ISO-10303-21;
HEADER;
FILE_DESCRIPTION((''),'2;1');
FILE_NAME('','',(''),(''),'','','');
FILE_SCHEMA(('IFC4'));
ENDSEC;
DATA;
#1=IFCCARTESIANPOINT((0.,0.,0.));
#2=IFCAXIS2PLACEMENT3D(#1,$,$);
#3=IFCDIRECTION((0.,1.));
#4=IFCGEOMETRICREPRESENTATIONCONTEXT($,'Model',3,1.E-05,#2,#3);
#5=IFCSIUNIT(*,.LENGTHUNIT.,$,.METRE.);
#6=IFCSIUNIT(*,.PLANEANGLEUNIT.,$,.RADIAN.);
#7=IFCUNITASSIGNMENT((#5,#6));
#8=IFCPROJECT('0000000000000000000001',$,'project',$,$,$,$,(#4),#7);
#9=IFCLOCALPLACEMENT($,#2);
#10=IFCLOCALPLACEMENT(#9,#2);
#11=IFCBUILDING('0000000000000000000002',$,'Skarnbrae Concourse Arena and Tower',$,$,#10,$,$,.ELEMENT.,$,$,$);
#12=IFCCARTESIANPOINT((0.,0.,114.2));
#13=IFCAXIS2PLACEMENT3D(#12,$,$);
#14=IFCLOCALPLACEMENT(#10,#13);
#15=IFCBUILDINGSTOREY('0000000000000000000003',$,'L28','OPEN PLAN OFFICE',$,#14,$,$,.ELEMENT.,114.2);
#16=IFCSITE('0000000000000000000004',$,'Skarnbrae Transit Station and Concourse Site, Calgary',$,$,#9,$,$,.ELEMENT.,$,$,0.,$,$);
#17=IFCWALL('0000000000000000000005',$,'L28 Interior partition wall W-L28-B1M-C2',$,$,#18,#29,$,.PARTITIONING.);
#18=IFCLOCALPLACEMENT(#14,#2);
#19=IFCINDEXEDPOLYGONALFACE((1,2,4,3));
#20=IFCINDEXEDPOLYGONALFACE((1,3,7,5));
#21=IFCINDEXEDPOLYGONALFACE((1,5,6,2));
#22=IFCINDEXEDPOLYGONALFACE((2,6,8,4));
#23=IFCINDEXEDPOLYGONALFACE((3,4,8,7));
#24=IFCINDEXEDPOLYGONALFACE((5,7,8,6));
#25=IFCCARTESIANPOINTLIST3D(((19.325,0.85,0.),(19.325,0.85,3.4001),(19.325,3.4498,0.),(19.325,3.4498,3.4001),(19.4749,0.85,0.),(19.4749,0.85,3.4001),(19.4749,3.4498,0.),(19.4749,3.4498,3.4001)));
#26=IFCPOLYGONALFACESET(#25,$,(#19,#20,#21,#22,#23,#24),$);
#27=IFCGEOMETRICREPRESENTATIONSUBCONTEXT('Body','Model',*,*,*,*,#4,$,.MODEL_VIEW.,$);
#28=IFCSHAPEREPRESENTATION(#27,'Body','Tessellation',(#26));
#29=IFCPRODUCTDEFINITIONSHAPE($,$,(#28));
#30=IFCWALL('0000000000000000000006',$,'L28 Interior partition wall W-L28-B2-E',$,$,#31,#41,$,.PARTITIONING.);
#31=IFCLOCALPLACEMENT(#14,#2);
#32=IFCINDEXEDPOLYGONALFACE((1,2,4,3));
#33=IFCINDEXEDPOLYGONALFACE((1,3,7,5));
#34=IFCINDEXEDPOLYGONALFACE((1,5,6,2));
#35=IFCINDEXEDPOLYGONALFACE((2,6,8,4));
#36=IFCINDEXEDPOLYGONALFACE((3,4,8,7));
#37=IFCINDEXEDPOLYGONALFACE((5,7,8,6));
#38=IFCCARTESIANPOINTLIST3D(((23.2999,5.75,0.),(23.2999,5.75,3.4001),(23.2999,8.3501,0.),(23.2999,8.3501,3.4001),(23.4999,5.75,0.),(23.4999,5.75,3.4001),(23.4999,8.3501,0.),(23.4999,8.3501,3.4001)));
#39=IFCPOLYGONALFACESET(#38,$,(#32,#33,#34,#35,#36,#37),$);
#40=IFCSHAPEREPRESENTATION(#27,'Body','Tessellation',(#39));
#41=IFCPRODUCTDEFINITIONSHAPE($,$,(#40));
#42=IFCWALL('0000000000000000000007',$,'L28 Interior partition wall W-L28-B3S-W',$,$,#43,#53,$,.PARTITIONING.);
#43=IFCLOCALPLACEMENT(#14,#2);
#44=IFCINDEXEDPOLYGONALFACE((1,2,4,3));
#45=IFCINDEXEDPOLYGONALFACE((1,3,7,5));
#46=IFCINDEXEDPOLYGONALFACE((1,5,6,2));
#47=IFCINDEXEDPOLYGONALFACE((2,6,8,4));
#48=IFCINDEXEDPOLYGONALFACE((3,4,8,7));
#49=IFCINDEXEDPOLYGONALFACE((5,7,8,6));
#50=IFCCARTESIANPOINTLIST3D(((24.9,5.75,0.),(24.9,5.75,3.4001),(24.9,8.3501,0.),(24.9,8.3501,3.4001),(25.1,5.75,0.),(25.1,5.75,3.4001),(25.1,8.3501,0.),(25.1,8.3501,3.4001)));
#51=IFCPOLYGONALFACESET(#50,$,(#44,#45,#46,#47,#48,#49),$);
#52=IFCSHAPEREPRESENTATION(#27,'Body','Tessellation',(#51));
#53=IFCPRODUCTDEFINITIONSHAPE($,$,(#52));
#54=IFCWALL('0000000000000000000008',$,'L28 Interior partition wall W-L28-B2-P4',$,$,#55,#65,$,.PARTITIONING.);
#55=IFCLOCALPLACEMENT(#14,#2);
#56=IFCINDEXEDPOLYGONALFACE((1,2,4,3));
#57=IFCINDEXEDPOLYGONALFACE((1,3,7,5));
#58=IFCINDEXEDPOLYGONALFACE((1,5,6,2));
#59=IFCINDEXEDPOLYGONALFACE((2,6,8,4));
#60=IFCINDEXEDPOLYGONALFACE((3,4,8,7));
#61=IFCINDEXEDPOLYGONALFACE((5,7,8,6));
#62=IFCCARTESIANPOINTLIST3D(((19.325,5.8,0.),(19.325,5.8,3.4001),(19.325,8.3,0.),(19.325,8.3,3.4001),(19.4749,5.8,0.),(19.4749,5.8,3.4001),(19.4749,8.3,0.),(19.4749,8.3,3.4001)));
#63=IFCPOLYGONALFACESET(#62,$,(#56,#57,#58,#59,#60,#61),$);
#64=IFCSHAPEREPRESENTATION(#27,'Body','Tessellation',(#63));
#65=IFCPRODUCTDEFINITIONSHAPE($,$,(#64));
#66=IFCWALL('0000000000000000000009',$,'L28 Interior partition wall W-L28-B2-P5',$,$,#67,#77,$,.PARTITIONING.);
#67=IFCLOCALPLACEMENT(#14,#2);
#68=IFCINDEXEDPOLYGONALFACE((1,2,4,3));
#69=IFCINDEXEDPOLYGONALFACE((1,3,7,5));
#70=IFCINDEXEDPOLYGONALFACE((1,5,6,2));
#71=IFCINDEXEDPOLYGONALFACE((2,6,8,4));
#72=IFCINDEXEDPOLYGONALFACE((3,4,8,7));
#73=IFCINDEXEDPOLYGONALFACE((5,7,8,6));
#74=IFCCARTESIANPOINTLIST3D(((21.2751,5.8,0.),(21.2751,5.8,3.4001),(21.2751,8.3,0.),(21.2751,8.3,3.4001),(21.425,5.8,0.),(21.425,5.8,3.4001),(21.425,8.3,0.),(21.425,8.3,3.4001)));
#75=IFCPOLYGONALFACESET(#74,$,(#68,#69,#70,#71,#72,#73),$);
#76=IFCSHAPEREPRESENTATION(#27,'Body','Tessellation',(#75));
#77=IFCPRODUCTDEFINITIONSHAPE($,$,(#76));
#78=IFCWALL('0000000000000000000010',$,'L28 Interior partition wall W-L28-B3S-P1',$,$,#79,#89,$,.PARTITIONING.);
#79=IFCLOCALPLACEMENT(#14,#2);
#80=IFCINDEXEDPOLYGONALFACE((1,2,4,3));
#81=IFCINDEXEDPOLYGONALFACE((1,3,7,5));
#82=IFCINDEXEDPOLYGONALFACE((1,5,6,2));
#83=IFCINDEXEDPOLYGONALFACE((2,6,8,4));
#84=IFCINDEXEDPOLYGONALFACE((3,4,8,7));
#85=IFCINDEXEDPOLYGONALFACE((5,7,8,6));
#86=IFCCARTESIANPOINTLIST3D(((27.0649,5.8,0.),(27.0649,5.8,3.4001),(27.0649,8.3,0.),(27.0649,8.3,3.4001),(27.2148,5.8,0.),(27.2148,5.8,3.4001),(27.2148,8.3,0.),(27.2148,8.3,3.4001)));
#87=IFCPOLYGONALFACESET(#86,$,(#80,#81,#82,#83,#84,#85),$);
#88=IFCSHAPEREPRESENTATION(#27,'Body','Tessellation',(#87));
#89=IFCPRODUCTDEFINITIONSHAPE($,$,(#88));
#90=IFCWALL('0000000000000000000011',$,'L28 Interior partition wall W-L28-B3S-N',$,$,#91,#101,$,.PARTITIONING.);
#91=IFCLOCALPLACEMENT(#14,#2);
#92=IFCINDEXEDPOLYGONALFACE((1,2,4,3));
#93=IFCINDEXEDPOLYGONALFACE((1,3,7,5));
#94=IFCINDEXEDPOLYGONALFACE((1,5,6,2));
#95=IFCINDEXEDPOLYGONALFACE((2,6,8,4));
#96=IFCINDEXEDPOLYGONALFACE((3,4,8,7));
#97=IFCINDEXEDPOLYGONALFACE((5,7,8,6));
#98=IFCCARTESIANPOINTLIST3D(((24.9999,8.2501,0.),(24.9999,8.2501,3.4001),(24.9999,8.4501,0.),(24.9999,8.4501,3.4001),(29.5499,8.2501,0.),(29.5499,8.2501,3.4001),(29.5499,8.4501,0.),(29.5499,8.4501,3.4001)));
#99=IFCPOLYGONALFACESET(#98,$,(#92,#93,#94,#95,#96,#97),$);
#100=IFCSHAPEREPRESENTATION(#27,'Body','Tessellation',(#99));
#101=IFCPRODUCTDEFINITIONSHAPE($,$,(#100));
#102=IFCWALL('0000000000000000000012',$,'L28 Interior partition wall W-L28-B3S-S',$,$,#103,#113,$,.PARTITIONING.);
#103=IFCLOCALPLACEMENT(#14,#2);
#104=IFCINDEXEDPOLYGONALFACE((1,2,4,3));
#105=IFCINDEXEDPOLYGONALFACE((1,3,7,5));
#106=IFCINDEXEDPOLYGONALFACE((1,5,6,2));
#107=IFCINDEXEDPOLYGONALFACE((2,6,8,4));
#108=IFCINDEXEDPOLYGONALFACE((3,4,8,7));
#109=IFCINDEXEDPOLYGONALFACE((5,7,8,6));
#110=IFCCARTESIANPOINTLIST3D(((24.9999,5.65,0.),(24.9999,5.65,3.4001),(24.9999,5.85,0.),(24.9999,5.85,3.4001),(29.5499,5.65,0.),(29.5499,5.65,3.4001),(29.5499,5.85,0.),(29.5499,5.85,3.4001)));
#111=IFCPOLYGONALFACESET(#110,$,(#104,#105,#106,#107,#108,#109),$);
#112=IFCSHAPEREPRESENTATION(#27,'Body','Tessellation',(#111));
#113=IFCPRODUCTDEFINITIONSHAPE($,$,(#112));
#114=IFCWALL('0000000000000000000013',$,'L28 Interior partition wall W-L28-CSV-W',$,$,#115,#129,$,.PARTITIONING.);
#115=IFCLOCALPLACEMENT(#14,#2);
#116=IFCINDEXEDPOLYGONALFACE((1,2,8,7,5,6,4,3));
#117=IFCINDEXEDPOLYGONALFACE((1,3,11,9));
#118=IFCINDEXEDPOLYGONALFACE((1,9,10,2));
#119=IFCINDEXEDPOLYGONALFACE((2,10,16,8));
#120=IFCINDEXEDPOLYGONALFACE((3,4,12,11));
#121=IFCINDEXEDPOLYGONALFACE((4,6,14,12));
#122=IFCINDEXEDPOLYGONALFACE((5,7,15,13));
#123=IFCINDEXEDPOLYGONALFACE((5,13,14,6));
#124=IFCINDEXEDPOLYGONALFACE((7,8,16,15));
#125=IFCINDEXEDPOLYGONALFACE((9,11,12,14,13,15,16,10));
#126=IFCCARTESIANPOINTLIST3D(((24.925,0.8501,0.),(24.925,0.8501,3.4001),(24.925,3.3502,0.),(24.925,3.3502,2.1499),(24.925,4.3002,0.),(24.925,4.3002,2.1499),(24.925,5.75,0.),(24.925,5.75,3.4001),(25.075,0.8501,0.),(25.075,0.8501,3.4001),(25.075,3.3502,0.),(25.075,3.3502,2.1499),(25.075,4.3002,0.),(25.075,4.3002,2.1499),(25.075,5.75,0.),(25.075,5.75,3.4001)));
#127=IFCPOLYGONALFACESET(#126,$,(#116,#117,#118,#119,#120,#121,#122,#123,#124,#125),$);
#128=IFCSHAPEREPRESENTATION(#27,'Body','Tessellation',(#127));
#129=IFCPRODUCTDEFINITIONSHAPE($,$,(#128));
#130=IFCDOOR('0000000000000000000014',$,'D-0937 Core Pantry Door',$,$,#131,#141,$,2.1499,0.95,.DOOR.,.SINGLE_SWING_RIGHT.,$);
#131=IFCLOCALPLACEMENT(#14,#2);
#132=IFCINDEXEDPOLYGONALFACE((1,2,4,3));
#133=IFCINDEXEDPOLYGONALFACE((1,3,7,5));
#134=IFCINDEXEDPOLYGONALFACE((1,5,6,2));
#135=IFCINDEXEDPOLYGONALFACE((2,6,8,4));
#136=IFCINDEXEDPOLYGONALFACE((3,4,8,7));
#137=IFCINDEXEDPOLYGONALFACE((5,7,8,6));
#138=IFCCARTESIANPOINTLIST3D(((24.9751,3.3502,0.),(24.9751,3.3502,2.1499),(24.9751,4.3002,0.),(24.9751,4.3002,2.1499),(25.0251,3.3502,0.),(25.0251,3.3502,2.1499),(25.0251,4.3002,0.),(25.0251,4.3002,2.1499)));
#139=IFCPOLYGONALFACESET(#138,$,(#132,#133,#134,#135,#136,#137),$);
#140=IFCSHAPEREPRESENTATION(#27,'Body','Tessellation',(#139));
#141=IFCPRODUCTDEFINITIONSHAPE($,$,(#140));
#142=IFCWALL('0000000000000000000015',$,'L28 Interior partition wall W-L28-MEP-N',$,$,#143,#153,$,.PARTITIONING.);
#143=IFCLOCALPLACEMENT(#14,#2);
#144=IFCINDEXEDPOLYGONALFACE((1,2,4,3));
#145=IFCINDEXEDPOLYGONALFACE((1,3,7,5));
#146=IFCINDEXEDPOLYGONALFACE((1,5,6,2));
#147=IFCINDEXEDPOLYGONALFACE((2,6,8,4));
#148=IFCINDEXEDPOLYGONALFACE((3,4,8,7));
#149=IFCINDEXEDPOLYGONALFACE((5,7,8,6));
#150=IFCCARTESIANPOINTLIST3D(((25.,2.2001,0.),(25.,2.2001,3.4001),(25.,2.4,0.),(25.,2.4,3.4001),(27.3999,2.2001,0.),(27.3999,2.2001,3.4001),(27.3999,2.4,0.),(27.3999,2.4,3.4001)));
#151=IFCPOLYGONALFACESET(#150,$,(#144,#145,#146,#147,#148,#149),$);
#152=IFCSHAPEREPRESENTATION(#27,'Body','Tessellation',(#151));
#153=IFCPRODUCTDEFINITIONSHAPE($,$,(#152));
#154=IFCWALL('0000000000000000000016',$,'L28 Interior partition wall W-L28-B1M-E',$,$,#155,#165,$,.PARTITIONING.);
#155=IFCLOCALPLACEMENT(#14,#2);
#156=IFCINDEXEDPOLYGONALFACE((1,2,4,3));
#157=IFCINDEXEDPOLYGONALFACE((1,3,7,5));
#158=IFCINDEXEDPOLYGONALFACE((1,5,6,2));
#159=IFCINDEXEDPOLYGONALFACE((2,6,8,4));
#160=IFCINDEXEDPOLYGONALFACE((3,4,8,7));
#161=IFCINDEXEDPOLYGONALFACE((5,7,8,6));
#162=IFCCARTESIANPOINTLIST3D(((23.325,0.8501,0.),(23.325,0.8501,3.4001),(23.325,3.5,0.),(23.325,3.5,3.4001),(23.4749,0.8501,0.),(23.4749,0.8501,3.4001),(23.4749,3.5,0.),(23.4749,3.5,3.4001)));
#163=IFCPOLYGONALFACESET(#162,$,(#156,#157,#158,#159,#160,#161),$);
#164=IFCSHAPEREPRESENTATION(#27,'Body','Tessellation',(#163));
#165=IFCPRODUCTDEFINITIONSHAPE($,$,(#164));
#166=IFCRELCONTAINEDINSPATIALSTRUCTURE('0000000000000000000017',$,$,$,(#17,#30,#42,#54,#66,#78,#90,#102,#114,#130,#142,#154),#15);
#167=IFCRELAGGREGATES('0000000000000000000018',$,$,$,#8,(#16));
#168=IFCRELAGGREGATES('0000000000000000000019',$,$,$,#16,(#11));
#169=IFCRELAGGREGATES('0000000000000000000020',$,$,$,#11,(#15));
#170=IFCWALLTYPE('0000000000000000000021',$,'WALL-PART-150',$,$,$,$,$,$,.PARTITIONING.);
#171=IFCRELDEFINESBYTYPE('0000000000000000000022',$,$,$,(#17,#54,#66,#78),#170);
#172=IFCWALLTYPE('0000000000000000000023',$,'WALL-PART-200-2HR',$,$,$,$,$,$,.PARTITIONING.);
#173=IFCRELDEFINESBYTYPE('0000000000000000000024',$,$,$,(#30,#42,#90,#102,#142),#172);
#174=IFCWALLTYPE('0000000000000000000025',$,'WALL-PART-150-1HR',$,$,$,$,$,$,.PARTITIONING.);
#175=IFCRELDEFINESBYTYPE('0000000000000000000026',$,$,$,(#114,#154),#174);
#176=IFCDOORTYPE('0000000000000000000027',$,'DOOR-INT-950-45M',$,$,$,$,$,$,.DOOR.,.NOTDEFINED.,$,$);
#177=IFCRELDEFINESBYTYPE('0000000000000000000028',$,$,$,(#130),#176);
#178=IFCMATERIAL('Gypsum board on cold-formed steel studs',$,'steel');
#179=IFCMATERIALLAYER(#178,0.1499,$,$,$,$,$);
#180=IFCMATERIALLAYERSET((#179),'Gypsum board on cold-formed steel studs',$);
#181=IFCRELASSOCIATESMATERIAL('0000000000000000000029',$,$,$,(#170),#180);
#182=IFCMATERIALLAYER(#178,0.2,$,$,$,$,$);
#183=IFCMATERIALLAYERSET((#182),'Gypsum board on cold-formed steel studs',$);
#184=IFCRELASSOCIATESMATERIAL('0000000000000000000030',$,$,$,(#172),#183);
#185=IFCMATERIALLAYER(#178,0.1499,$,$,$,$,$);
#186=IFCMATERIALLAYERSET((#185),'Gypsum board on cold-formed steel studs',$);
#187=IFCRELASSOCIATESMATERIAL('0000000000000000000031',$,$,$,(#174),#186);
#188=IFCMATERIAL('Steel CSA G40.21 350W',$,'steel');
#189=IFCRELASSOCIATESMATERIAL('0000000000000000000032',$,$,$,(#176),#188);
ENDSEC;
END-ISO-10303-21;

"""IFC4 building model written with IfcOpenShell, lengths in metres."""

from ifc_helpers import new_model, si_unit, direction, frame, frame_2d, origin, place, context, subcontext, project, spatial, rectangle, extrude, source, transform, mapped, material, layer, layer_set, type_object, element, fill, save


model = new_model("IFC4")

# Units and contexts
model_context = context("Model", 3, precision=1e-05, world=origin(), true_north=direction((0.0, 1.0)))
body_context = subcontext(model_context, "Body", "Model", "MODEL_VIEW")
ifc_project = project(units=[si_unit("LENGTHUNIT", "METRE"), si_unit("PLANEANGLEUNIT", "RADIAN")], contexts=[model_context])

# Site, building, storey
site_placement = place(None, origin())
site = spatial("IfcSite", under=ifc_project, at=site_placement, Name="Skarnbrae Transit Station and Concourse Site, Calgary", CompositionType="ELEMENT", RefElevation=0.0)
building_placement = place(site_placement, origin())
building = spatial("IfcBuilding", under=site, at=building_placement, Name="Skarnbrae Concourse Arena and Tower", CompositionType="ELEMENT")
storey_placement = place(building_placement, frame((0.0, 0.0, 114.2)))
storey = spatial("IfcBuildingStorey", under=building, at=storey_placement, Name="L28", Description="OPEN PLAN OFFICE", CompositionType="ELEMENT", Elevation=114.2)

# Walls
ifc_material_1 = material(Name="Gypsum board on cold-formed steel studs", Category="steel")
ifc_layer_1 = layer(ifc_material_1, 0.1499)
ifc_layer_set_1 = layer_set([ifc_layer_1], Name="Gypsum board on cold-formed steel studs")
wall_type_1 = type_object("IfcWallType", Name="WALL-PART-150", PredefinedType="PARTITIONING", material=ifc_layer_set_1)
shared_shape_1 = source(origin(), body_context, "Body", "SweptSolid", [
    extrude(rectangle(XDim=2.5999, YDim=0.1499, at=frame_2d((1.2998, 0.0))), origin(), (0.0, 0.0, 1.0), 3.4001),
])
wall_1_placement = place(storey_placement, frame((19.3999, 0.8501, 0.0), z_axis=(0.0, 0.0, 1.0), x_axis=(0.0, 1.0, 0.0)))
element("IfcWall", 1, at=wall_1_placement, inside=storey, type_object=wall_type_1, Name="L28 Interior partition wall W-L28-B1M-C2", PredefinedType="PARTITIONING", context=body_context, shape_type="MappedRepresentation", body=[
    mapped(shared_shape_1, transform((0.0, 0.0, 0.0))),
])
ifc_layer_2 = layer(ifc_material_1, 0.2)
ifc_layer_set_2 = layer_set([ifc_layer_2], Name="Gypsum board on cold-formed steel studs")
wall_type_2 = type_object("IfcWallType", Name="WALL-PART-200-2HR", PredefinedType="PARTITIONING", material=ifc_layer_set_2)
shared_shape_2 = source(origin(), body_context, "Body", "SweptSolid", [
    extrude(rectangle(XDim=2.6001, YDim=0.2, at=frame_2d((1.3, 0.0))), origin(), (0.0, 0.0, 1.0), 3.4001),
])
for number, where, z_axis, x_axis, name in (
    (2, (23.3999, 5.75, 0.0), (0.0, 0.0, 1.0), (0.0, 1.0, 0.0), "L28 Interior partition wall W-L28-B2-E"),
    (3, (25.0, 5.75, 0.0), (0.0, 0.0, 1.0), (0.0, 1.0, 0.0), "L28 Interior partition wall W-L28-B3S-W"),
):
    element("IfcWall", number, at=place(storey_placement, frame(where, z_axis=z_axis, x_axis=x_axis)), inside=storey, type_object=wall_type_2, Name=name, PredefinedType="PARTITIONING", context=body_context, shape_type="MappedRepresentation", body=[
        mapped(shared_shape_2, transform((0.0, 0.0, 0.0))),
    ])
shared_shape_3 = source(origin(), body_context, "Body", "SweptSolid", [
    extrude(rectangle(XDim=2.5, YDim=0.1499, at=frame_2d((1.25, 0.0))), origin(), (0.0, 0.0, 1.0), 3.4001),
])
for number, where, z_axis, x_axis, name in (
    (4, (19.3999, 5.8, 0.0), (0.0, 0.0, 1.0), (0.0, 1.0, 0.0), "L28 Interior partition wall W-L28-B2-P4"),
    (5, (21.3501, 5.8, 0.0), (0.0, 0.0, 1.0), (0.0, 1.0, 0.0), "L28 Interior partition wall W-L28-B2-P5"),
    (6, (27.1399, 5.8, 0.0), (0.0, 0.0, 1.0), (0.0, 1.0, 0.0), "L28 Interior partition wall W-L28-B3S-P1"),
):
    element("IfcWall", number, at=place(storey_placement, frame(where, z_axis=z_axis, x_axis=x_axis)), inside=storey, type_object=wall_type_1, Name=name, PredefinedType="PARTITIONING", context=body_context, shape_type="MappedRepresentation", body=[
        mapped(shared_shape_3, transform((0.0, 0.0, 0.0))),
    ])
shared_shape_4 = source(origin(), body_context, "Body", "SweptSolid", [
    extrude(rectangle(XDim=4.55, YDim=0.2, at=frame_2d((2.2749, 0.0))), origin(), (0.0, 0.0, 1.0), 3.4001),
])
for number, where, z_axis, x_axis, name in (
    (7, (25.0, 8.3501, 0.0), (0.0, 0.0, 1.0), (1.0, 0.0, 0.0), "L28 Interior partition wall W-L28-B3S-N"),
    (8, (25.0, 5.75, 0.0), (0.0, 0.0, 1.0), (1.0, 0.0, 0.0), "L28 Interior partition wall W-L28-B3S-S"),
):
    element("IfcWall", number, at=place(storey_placement, frame(where, z_axis=z_axis, x_axis=x_axis)), inside=storey, type_object=wall_type_2, Name=name, PredefinedType="PARTITIONING", context=body_context, shape_type="MappedRepresentation", body=[
        mapped(shared_shape_4, transform((0.0, 0.0, 0.0))),
    ])

# Wall, opening, door
ifc_layer_3 = layer(ifc_material_1, 0.1499)
ifc_layer_set_3 = layer_set([ifc_layer_3], Name="Gypsum board on cold-formed steel studs")
wall_type_3 = type_object("IfcWallType", Name="WALL-PART-150-1HR", PredefinedType="PARTITIONING", material=ifc_layer_set_3)
shared_shape_5 = source(origin(), body_context, "Body", "SweptSolid", [
    extrude(rectangle(XDim=4.8999, YDim=0.1499, at=frame_2d((2.45, 0.0))), origin(), (0.0, 0.0, 1.0), 3.4001),
])
wall_2_placement = place(storey_placement, frame((25.0, 0.8501, 0.0), z_axis=(0.0, 0.0, 1.0), x_axis=(0.0, 1.0, 0.0)))
wall_2 = element("IfcWall", 9, at=wall_2_placement, inside=storey, type_object=wall_type_3, Name="L28 Interior partition wall W-L28-CSV-W", PredefinedType="PARTITIONING", context=body_context, shape_type="MappedRepresentation", body=[
    mapped(shared_shape_5, transform((0.0, 0.0, 0.0))),
])
opening_placement = place(wall_2_placement, frame((2.5, 0.0, 0.0)))
opening = element("IfcOpeningElement", 10, at=opening_placement, cuts=wall_2, PredefinedType="OPENING", context=body_context, shape_type="SweptSolid", body=[
    extrude(rectangle(XDim=0.95, YDim=2.1499, at=frame_2d((0.4751, 1.075))), frame((0.0, 0.085, 0.0), z_axis=(0.0, -1.0, 0.0), x_axis=(1.0, 0.0, 0.0)), (0.0, 0.0, 1.0), 0.1699),
])
ifc_material_2 = material(Name="Steel CSA G40.21 350W", Category="steel")
door_type = type_object("IfcDoorType", Name="DOOR-INT-950-45M", OperationType="NOTDEFINED", PredefinedType="DOOR", material=ifc_material_2)
shared_shape_6 = source(origin(), body_context, "Body", "SweptSolid", [
    extrude(rectangle(XDim=0.95, YDim=2.1499, at=frame_2d((0.4751, 1.075))), frame((0.0, 0.0249, 0.0), z_axis=(0.0, -1.0, 0.0), x_axis=(1.0, 0.0, 0.0)), (0.0, 0.0, 1.0), 0.05),
])
door_placement = place(opening_placement, origin())
door = element("IfcDoor", 11, at=door_placement, inside=storey, type_object=door_type, Name="D-0937 Core Pantry Door", OperationType="SINGLE_SWING_RIGHT", OverallHeight=2.1499, OverallWidth=0.95, PredefinedType="DOOR", context=body_context, shape_type="MappedRepresentation", body=[
    mapped(shared_shape_6, transform((0.0, 0.0, 0.0))),
])
fill(opening, door)

# Walls
shared_shape_7 = source(origin(), body_context, "Body", "SweptSolid", [
    extrude(rectangle(XDim=2.3999, YDim=0.2, at=frame_2d((1.2, 0.0))), origin(), (0.0, 0.0, 1.0), 3.4001),
])
wall_3_placement = place(storey_placement, frame((25.0, 2.3, 0.0), z_axis=(0.0, 0.0, 1.0), x_axis=(1.0, 0.0, 0.0)))
element("IfcWall", 12, at=wall_3_placement, inside=storey, type_object=wall_type_2, Name="L28 Interior partition wall W-L28-MEP-N", PredefinedType="PARTITIONING", context=body_context, shape_type="MappedRepresentation", body=[
    mapped(shared_shape_7, transform((0.0, 0.0, 0.0))),
])
shared_shape_8 = source(origin(), body_context, "Body", "SweptSolid", [
    extrude(rectangle(XDim=2.6499, YDim=0.1499, at=frame_2d((1.325, 0.0))), origin(), (0.0, 0.0, 1.0), 3.4001),
])
wall_4_placement = place(storey_placement, frame((23.3999, 0.8501, 0.0), z_axis=(0.0, 0.0, 1.0), x_axis=(0.0, 1.0, 0.0)))
element("IfcWall", 13, at=wall_4_placement, inside=storey, type_object=wall_type_3, Name="L28 Interior partition wall W-L28-B1M-E", PredefinedType="PARTITIONING", context=body_context, shape_type="MappedRepresentation", body=[
    mapped(shared_shape_8, transform((0.0, 0.0, 0.0))),
])

save(model, "model.ifc")
